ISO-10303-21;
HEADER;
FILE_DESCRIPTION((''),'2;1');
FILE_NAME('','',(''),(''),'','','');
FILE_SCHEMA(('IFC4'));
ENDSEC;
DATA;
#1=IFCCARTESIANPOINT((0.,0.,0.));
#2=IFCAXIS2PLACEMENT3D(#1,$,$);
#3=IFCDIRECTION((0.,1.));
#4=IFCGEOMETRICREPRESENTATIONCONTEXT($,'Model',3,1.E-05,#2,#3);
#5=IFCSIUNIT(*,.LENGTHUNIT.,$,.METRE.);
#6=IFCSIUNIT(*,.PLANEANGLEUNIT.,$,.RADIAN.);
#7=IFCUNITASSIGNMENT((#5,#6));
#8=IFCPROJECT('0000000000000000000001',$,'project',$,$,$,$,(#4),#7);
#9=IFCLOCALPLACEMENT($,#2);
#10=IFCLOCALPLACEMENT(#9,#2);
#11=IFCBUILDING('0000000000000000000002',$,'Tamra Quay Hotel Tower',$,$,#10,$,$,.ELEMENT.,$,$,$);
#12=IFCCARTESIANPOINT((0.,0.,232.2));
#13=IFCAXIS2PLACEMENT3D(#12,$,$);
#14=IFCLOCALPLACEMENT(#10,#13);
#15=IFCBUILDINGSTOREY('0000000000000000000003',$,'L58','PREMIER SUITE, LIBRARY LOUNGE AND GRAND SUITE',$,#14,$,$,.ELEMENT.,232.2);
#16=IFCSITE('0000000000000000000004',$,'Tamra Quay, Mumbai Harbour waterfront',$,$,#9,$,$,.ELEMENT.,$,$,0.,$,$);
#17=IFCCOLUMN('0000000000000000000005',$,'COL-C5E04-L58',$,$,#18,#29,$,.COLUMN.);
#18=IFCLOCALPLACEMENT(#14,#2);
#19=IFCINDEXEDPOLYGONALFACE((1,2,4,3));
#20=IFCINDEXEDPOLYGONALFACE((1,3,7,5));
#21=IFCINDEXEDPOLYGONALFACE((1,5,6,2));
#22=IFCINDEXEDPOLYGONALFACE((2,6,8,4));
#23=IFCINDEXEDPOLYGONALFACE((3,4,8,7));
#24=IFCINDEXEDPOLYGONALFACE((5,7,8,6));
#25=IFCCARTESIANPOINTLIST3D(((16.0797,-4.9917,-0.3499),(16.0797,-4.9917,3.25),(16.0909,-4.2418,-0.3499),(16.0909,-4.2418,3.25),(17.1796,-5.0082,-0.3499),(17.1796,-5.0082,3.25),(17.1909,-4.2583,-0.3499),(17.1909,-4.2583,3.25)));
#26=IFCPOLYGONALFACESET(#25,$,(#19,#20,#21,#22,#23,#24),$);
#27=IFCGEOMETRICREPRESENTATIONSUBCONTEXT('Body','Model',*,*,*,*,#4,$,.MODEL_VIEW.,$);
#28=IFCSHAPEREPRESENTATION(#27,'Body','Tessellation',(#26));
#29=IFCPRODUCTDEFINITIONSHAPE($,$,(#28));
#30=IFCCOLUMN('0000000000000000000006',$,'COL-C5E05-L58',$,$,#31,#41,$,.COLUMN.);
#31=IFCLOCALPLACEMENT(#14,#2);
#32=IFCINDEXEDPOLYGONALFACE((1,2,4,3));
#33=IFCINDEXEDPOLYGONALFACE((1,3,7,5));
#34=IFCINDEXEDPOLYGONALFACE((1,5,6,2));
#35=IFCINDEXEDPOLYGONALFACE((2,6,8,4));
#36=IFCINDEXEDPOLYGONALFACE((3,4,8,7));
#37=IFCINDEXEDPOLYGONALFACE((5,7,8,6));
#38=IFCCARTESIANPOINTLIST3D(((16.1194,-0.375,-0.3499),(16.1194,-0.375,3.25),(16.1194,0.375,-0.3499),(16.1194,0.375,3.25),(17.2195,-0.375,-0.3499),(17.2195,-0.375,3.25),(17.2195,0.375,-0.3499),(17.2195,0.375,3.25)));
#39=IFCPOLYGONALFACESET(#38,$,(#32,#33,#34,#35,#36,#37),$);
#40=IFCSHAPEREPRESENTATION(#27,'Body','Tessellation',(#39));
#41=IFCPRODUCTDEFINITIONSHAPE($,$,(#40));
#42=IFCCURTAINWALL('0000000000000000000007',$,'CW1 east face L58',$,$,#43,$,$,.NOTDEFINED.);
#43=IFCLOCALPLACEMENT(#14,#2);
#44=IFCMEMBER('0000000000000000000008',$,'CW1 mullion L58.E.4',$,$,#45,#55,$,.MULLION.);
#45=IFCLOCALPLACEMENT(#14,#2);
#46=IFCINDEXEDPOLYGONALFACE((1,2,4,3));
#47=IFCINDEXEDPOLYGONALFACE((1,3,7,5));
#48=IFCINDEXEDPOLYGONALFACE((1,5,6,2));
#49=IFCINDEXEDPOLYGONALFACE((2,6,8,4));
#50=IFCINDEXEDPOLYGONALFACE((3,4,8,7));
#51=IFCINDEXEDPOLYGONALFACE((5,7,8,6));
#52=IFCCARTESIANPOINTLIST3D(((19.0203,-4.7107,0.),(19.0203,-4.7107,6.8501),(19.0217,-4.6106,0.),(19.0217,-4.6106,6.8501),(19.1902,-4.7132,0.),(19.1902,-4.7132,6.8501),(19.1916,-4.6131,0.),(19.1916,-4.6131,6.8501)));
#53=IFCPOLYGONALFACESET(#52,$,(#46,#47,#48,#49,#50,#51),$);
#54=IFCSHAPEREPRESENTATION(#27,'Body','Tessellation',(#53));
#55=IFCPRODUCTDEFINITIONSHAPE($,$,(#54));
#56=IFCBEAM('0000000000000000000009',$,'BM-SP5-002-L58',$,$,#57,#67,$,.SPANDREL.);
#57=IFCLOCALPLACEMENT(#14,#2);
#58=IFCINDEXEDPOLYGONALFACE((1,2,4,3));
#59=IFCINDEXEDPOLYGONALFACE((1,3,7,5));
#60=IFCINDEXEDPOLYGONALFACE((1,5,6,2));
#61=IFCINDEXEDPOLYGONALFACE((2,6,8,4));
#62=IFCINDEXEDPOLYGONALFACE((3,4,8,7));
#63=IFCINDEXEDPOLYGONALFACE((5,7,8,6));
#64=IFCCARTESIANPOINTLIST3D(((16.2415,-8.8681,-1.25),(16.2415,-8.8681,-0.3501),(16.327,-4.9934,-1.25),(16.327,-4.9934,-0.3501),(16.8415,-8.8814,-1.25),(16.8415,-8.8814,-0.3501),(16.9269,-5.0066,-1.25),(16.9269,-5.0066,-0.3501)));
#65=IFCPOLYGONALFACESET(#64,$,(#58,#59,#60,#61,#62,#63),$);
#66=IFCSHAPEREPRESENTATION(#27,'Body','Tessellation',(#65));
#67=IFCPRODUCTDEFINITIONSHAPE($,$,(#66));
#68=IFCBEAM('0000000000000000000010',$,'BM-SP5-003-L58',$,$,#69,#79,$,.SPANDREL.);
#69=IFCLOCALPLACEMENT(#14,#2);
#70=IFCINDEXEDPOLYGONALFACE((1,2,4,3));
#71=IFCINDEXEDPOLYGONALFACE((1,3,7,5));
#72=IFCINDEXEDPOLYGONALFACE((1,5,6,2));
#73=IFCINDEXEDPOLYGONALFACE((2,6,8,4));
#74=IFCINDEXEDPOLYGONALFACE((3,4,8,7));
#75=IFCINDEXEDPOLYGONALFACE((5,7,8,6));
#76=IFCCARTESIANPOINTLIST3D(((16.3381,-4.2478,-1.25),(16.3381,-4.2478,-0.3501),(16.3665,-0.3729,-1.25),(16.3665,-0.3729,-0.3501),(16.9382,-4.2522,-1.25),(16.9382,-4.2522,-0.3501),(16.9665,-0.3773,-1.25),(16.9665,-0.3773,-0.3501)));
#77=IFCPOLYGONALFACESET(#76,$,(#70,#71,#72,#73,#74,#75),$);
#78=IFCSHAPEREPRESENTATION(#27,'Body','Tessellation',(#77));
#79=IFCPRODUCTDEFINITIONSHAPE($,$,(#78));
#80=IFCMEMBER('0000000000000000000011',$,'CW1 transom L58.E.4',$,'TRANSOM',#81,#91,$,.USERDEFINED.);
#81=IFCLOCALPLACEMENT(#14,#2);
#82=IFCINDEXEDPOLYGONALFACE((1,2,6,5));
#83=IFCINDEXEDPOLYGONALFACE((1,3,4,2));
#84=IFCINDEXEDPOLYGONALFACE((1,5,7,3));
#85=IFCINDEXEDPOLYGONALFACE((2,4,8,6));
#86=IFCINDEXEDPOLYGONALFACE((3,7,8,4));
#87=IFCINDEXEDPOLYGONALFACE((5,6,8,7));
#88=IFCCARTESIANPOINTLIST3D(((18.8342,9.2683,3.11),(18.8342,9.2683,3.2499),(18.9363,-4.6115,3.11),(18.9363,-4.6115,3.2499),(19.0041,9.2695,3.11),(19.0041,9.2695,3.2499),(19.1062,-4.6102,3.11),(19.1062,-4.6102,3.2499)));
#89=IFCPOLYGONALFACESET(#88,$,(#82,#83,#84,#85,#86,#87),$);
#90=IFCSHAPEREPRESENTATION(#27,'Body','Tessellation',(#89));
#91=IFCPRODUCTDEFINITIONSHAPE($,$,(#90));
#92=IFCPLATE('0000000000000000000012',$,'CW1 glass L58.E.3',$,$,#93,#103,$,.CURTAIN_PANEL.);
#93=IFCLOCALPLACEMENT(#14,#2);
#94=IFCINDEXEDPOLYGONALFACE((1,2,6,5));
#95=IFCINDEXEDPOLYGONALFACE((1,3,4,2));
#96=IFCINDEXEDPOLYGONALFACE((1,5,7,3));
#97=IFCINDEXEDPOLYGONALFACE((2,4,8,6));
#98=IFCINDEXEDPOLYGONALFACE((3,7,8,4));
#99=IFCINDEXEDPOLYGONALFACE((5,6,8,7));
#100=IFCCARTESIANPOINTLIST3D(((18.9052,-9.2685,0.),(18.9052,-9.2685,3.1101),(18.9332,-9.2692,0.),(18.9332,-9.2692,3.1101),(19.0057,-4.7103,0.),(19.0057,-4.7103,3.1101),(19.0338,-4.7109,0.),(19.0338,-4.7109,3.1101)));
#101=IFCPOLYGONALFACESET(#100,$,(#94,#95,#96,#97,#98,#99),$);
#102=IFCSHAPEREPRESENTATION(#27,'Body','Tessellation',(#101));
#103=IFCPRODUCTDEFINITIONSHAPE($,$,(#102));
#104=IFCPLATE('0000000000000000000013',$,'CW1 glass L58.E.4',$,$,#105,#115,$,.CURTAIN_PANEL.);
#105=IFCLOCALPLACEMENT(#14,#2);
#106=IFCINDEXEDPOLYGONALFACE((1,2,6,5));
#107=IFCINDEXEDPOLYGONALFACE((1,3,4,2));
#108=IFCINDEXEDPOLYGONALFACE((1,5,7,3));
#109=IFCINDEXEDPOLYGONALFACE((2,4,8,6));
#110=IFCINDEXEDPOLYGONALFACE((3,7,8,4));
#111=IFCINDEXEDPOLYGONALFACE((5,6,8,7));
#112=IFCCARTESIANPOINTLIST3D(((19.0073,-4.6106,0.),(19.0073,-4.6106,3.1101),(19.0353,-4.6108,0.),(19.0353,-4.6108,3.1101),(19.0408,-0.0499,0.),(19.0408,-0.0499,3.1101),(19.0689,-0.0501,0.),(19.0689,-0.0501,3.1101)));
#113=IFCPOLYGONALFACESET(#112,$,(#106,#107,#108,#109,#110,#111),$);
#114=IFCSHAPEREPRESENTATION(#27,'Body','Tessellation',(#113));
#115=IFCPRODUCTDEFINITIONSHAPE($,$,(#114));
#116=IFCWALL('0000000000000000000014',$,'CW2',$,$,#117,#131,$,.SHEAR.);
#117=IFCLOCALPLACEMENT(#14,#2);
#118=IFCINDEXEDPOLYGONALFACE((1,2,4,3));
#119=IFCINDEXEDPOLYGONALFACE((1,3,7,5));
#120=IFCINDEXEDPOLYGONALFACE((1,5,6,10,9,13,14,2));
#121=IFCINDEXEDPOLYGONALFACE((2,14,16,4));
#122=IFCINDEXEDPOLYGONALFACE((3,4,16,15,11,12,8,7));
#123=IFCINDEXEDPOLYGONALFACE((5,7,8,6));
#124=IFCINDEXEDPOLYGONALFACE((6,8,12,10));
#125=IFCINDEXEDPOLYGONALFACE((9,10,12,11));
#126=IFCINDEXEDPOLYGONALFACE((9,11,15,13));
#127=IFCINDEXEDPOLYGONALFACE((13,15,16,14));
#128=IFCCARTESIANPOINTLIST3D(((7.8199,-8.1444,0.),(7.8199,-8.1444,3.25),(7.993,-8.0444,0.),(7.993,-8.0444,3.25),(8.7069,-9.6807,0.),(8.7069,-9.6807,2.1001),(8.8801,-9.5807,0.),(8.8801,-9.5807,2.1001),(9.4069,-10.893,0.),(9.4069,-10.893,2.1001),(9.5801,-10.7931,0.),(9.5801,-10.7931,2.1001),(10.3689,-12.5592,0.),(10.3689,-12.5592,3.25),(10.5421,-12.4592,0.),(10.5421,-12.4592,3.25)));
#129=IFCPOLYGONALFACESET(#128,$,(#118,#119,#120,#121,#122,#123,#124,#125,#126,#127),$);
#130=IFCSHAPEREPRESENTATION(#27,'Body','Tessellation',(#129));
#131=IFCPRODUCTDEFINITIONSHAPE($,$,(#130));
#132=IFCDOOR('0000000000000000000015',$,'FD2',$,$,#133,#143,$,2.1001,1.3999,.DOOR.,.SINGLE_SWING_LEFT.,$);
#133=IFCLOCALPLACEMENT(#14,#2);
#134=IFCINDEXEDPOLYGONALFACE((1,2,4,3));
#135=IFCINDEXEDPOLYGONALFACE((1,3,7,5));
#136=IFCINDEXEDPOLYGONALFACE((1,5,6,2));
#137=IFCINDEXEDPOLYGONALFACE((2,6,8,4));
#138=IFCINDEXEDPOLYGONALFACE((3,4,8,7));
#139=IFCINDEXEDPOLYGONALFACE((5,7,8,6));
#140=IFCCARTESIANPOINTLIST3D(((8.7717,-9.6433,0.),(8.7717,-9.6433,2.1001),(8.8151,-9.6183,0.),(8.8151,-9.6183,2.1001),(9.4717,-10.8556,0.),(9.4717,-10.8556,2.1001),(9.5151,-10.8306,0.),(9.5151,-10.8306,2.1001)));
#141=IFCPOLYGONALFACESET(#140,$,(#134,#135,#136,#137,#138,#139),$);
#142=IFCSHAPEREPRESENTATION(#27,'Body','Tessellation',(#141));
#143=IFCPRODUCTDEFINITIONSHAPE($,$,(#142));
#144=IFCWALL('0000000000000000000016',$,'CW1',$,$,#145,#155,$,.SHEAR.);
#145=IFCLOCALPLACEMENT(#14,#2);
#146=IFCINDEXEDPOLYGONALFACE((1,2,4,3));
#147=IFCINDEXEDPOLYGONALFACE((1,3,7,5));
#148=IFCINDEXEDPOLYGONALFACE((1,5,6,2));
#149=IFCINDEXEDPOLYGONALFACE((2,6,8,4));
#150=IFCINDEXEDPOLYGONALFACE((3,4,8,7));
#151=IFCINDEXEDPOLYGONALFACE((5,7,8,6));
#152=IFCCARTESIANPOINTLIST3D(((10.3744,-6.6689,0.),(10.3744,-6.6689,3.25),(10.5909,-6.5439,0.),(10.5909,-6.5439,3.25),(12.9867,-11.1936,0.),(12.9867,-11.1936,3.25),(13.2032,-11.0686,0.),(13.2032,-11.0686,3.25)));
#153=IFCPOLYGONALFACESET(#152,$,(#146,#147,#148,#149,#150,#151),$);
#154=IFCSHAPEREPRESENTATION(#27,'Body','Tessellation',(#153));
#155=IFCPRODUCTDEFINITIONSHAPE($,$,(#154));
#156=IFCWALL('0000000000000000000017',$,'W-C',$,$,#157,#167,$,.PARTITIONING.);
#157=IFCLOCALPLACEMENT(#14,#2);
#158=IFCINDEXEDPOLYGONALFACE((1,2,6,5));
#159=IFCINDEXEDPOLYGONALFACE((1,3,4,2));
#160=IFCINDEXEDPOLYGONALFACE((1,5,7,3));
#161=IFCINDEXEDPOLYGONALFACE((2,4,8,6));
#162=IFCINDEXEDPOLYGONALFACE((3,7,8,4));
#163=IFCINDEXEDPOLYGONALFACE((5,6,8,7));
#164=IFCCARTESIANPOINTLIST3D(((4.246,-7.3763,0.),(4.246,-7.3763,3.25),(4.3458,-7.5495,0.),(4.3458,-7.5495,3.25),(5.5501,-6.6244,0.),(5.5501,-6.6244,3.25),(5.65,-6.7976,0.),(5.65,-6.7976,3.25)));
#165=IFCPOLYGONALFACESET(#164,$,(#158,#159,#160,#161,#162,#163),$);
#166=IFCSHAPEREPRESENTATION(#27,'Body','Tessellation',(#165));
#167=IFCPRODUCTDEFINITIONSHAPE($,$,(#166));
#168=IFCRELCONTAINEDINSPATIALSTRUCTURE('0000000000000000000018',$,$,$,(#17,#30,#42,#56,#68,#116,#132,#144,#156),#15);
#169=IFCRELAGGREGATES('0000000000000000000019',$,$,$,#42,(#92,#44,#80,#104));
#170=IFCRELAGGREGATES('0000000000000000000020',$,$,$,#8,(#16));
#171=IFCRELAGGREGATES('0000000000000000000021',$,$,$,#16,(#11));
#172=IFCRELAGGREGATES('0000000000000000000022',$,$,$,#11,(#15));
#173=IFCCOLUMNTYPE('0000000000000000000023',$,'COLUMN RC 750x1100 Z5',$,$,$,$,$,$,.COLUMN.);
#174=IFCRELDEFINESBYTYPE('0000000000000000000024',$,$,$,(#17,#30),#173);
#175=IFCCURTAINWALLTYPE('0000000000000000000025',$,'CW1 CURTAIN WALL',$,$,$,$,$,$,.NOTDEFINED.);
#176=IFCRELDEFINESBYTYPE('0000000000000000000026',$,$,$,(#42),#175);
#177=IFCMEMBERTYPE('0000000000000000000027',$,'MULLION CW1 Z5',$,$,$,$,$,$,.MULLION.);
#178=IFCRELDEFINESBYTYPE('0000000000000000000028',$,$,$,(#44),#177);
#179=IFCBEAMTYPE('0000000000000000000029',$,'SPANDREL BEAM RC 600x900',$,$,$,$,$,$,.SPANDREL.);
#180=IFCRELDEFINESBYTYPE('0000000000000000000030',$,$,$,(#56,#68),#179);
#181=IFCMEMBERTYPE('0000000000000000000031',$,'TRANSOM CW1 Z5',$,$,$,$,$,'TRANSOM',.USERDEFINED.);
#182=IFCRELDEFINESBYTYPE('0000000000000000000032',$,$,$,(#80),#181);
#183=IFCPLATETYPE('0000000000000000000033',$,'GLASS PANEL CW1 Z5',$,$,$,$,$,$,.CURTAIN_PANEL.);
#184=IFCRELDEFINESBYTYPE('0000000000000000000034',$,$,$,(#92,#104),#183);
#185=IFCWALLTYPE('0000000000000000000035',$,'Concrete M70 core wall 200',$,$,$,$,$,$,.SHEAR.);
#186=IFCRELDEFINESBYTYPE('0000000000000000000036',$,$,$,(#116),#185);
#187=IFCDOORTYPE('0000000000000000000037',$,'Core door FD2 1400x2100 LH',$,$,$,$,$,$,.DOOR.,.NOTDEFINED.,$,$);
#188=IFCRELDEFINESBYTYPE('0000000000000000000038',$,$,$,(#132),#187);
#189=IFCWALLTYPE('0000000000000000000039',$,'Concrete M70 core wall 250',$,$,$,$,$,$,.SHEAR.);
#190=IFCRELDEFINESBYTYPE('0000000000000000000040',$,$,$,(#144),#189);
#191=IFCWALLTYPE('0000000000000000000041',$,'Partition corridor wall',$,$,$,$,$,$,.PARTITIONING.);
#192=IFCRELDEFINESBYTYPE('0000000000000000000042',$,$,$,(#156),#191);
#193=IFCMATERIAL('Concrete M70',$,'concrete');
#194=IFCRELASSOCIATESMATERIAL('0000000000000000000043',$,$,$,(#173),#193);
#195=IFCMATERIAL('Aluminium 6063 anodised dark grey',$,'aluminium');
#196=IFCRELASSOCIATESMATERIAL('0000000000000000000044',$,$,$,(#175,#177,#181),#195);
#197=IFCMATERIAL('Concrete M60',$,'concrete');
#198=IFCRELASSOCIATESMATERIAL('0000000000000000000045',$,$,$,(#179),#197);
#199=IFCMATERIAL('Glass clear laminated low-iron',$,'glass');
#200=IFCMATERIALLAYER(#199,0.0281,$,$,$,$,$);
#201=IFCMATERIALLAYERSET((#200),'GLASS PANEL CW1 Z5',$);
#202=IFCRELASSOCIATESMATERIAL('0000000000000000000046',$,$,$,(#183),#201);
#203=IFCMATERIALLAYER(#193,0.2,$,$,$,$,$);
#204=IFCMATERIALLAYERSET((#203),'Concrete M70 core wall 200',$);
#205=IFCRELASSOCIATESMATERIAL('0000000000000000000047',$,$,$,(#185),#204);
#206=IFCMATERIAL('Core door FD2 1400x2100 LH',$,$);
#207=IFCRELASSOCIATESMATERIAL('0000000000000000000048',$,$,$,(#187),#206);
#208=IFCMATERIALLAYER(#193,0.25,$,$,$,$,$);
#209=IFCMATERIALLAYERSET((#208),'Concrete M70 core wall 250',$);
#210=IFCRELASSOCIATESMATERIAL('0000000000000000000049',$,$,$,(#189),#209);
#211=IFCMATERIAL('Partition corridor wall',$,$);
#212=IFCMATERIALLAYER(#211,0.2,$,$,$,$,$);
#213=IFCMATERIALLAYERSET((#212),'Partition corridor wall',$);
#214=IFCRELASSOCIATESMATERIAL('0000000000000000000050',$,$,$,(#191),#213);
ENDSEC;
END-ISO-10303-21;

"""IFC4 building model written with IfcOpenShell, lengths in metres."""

from ifc_helpers import new_model, si_unit, direction, frame, frame_2d, origin, origin_2d, place, context, subcontext, project, spatial, rectangle, extrude, material, layer, layer_set, material_profile, profile_set, type_object, element, fill, aggregate, save


model = new_model("IFC4")

# Units and contexts
model_context = context("Model", 3, precision=1e-05, world=origin(), true_north=direction((0.0, 1.0)))
body_context = subcontext(model_context, "Body", "Model", "MODEL_VIEW")
ifc_project = project(units=[si_unit("LENGTHUNIT", "METRE"), si_unit("PLANEANGLEUNIT", "RADIAN")], contexts=[model_context])

# Site, building, storey
site_placement = place(None, origin())
site = spatial("IfcSite", under=ifc_project, at=site_placement, Name="Tamra Quay, Mumbai Harbour waterfront", CompositionType="ELEMENT", RefElevation=0.0)
building_placement = place(site_placement, origin())
building = spatial("IfcBuilding", under=site, at=building_placement, Name="Tamra Quay Hotel Tower", CompositionType="ELEMENT")
storey_placement = place(building_placement, frame((0.0, 0.0, 232.2)))
storey = spatial("IfcBuildingStorey", under=building, at=storey_placement, Name="L58", Description="PREMIER SUITE, LIBRARY LOUNGE AND GRAND SUITE", CompositionType="ELEMENT", Elevation=232.2)

# Columns
ifc_material_1 = material(Name="Concrete M70", Category="concrete")
ifc_material_profile_1 = material_profile(ifc_material_1, rectangle(XDim=1.1001, YDim=0.75, at=origin_2d()), Name="COLUMN RC 750x1100 Z5")
ifc_profile_set_1 = profile_set([ifc_material_profile_1], Name="Concrete M70")
column_type = type_object("IfcColumnType", Name="COLUMN RC 750x1100 Z5", PredefinedType="COLUMN", material=ifc_profile_set_1)
for number, where, z_axis, x_axis, name in (
    (1, (16.6353, -4.625, -0.3499), (0.0, 0.0, 1.0), (-0.999888, 0.014959, 0.0), "COL-C5E04-L58"),
    (2, (16.6694, 0.0, -0.3499), (0.0, 0.0, 1.0), (1.0, 0.0, 0.0), "COL-C5E05-L58"),
):
    element("IfcColumn", number, at=place(storey_placement, frame(where, z_axis=z_axis, x_axis=x_axis)), inside=storey, type_object=column_type, Name=name, PredefinedType="COLUMN", context=body_context, shape_type="SweptSolid", body=[
        extrude(rectangle(XDim=1.1001, YDim=0.75, at=origin_2d()), origin(), (0.0, 0.0, 1.0), 3.5999),
    ])

# Curtain wall, member
ifc_material_2 = material(Name="Aluminium 6063 anodised dark grey", Category="aluminium")
curtain_wall_type = type_object("IfcCurtainWallType", Name="CW1 CURTAIN WALL", PredefinedType="NOTDEFINED", material=ifc_material_2)
curtain_wall_placement = place(storey_placement, origin())
curtain_wall = element("IfcCurtainWall", 3, at=curtain_wall_placement, inside=storey, type_object=curtain_wall_type, Name="CW1 east face L58", PredefinedType="NOTDEFINED")
ifc_material_profile_2 = material_profile(ifc_material_2, rectangle(XDim=0.1699, YDim=0.1001, at=origin_2d()), Name="MULLION 100X170")
ifc_profile_set_2 = profile_set([ifc_material_profile_2], Name="Aluminium 6063 anodised dark grey")
member_type_1 = type_object("IfcMemberType", Name="MULLION CW1 Z5", PredefinedType="MULLION", material=ifc_profile_set_2)
member_1_placement = place(storey_placement, frame((19.106, -4.6619, 0.0), z_axis=(0.0, 0.0, 1.0), x_axis=(0.999892, -0.014713, 0.0)))
member_1 = element("IfcMember", 4, at=member_1_placement, type_object=member_type_1, Name="CW1 mullion L58.E.4", PredefinedType="MULLION", context=body_context, shape_type="SweptSolid", body=[
    extrude(rectangle(XDim=0.1699, YDim=0.1001, at=origin_2d()), origin(), (0.0, 0.0, 1.0), 6.8501),
])

# Beams
ifc_material_3 = material(Name="Concrete M60", Category="concrete")
ifc_material_profile_3 = material_profile(ifc_material_3, rectangle(XDim=0.6001, YDim=0.8999, at=origin_2d()), Name="SPANDREL BEAM RC 600x900")
ifc_profile_set_3 = profile_set([ifc_material_profile_3], Name="Concrete M60")
beam_type = type_object("IfcBeamType", Name="SPANDREL BEAM RC 600x900", PredefinedType="SPANDREL", material=ifc_profile_set_3)
beam_1_placement = place(storey_placement, frame((16.5415, -8.8748, -0.8), z_axis=(0.022047, 0.999757, 0.0), x_axis=(-0.999757, 0.022047, 0.0)))
element("IfcBeam", 5, at=beam_1_placement, inside=storey, type_object=beam_type, Name="BM-SP5-002-L58", PredefinedType="SPANDREL", context=body_context, shape_type="SweptSolid", body=[
    extrude(rectangle(XDim=0.6001, YDim=0.8999, at=origin_2d()), origin(), (0.0, 0.0, 1.0), 3.8757),
])
beam_2_placement = place(storey_placement, frame((16.6382, -4.25, -0.8), z_axis=(0.007308, 0.999973, 0.0), x_axis=(-0.999973, 0.007308, 0.0)))
element("IfcBeam", 6, at=beam_2_placement, inside=storey, type_object=beam_type, Name="BM-SP5-003-L58", PredefinedType="SPANDREL", context=body_context, shape_type="SweptSolid", body=[
    extrude(rectangle(XDim=0.6001, YDim=0.8999, at=origin_2d()), origin(), (0.0, 0.0, 1.0), 3.875),
])

# Member
ifc_material_profile_4 = material_profile(ifc_material_2, rectangle(XDim=0.1699, YDim=0.1399, at=origin_2d()), Name="TRANSOM 170X140")
ifc_profile_set_4 = profile_set([ifc_material_profile_4], Name="Aluminium 6063 anodised dark grey")
member_type_2 = type_object("IfcMemberType", Name="TRANSOM CW1 Z5", ElementType="TRANSOM", PredefinedType="USERDEFINED", material=ifc_profile_set_4)
member_2_placement = place(storey_placement, frame((19.0212, -4.6108, 3.1799), z_axis=(-0.007352, 0.999973, 0.0), x_axis=(-0.999973, -0.007352, 0.0)))
member_2 = element("IfcMember", 7, at=member_2_placement, type_object=member_type_2, Name="CW1 transom L58.E.4", ObjectType="TRANSOM", PredefinedType="USERDEFINED", context=body_context, shape_type="SweptSolid", body=[
    extrude(rectangle(XDim=0.1699, YDim=0.1399, at=origin_2d()), origin(), (0.0, 0.0, 1.0), 13.8801),
])

# Plates
ifc_material_4 = material(Name="Glass clear laminated low-iron", Category="glass")
ifc_layer_1 = layer(ifc_material_4, 0.0281)
ifc_layer_set_1 = layer_set([ifc_layer_1], Name="GLASS PANEL CW1 Z5")
plate_type = type_object("IfcPlateType", Name="GLASS PANEL CW1 Z5", PredefinedType="CURTAIN_PANEL", material=ifc_layer_set_1)
plate_1_placement = place(storey_placement, frame((18.9695, -6.9897, 0.0), z_axis=(0.0, 0.0, 1.0), x_axis=(0.022063, 0.999757, 0.0)))
plate_1 = element("IfcPlate", 8, at=plate_1_placement, type_object=plate_type, Name="CW1 glass L58.E.3", PredefinedType="CURTAIN_PANEL", context=body_context, shape_type="SweptSolid", body=[
    extrude(rectangle(XDim=4.5593, YDim=0.0281, at=origin_2d()), origin(), (0.0, 0.0, 1.0), 3.1101),
])
plate_2_placement = place(storey_placement, frame((19.0381, -2.3303, 0.0), z_axis=(0.0, 0.0, 1.0), x_axis=(0.007362, 0.999973, 0.0)))
plate_2 = element("IfcPlate", 9, at=plate_2_placement, type_object=plate_type, Name="CW1 glass L58.E.4", PredefinedType="CURTAIN_PANEL", context=body_context, shape_type="SweptSolid", body=[
    extrude(rectangle(XDim=4.5608, YDim=0.0281, at=origin_2d()), origin(), (0.0, 0.0, 1.0), 3.1101),
])
aggregate(curtain_wall, [plate_1, member_1, member_2, plate_2])

# Wall, opening, door
ifc_layer_2 = layer(ifc_material_1, 0.2)
ifc_layer_set_2 = layer_set([ifc_layer_2], Name="Concrete M70 core wall 200")
wall_type_1 = type_object("IfcWallType", Name="Concrete M70 core wall 200", PredefinedType="SHEAR", material=ifc_layer_set_2)
wall_1_placement = place(storey_placement, frame((7.9065, -8.0945, 0.0), z_axis=(0.0, 0.0, 1.0), x_axis=(0.500028, -0.866009, 0.0)))
wall_1 = element("IfcWall", 10, at=wall_1_placement, inside=storey, type_object=wall_type_1, Name="CW2", PredefinedType="SHEAR", context=body_context, shape_type="SweptSolid", body=[
    extrude(rectangle(XDim=5.0979, YDim=0.2, at=frame_2d((2.5488, 0.0))), origin(), (0.0, 0.0, 1.0), 3.25),
])
opening_1_placement = place(wall_1_placement, frame((1.7739, 0.0, 0.0)))
opening_1 = element("IfcOpeningElement", 11, at=opening_1_placement, cuts=wall_1, PredefinedType="OPENING", context=body_context, shape_type="SweptSolid", body=[
    extrude(rectangle(XDim=1.3999, YDim=2.1001, at=frame_2d((0.7, 1.05))), frame((0.0, 0.1099, 0.0), z_axis=(0.0, -1.0, 0.0), x_axis=(1.0, 0.0, 0.0)), (0.0, 0.0, 1.0), 0.22),
])
ifc_material_5 = material(Name="Core door FD2 1400x2100 LH")
door_type_1 = type_object("IfcDoorType", Name="Core door FD2 1400x2100 LH", OperationType="NOTDEFINED", PredefinedType="DOOR", material=ifc_material_5)
door_1_placement = place(opening_1_placement, origin())
door_1 = element("IfcDoor", 12, at=door_1_placement, inside=storey, type_object=door_type_1, Name="FD2", OperationType="SINGLE_SWING_LEFT", OverallHeight=2.1001, OverallWidth=1.3999, PredefinedType="DOOR", context=body_context, shape_type="SweptSolid", body=[
    extrude(rectangle(XDim=1.3999, YDim=2.1001, at=frame_2d((0.7, 1.05))), frame((0.0, 0.0249, 0.0), z_axis=(0.0, -1.0, 0.0), x_axis=(1.0, 0.0, 0.0)), (0.0, 0.0, 1.0), 0.05),
])
fill(opening_1, door_1)

# Walls
ifc_layer_3 = layer(ifc_material_1, 0.25)
ifc_layer_set_3 = layer_set([ifc_layer_3], Name="Concrete M70 core wall 250")
wall_type_2 = type_object("IfcWallType", Name="Concrete M70 core wall 250", PredefinedType="SHEAR", material=ifc_layer_set_3)
wall_2_placement = place(storey_placement, frame((10.4827, -6.6064, 0.0), z_axis=(0.0, 0.0, 1.0), x_axis=(0.499999, -0.866026, 0.0)))
element("IfcWall", 13, at=wall_2_placement, inside=storey, type_object=wall_type_2, Name="CW1", PredefinedType="SHEAR", context=body_context, shape_type="SweptSolid", body=[
    extrude(rectangle(XDim=5.2246, YDim=0.25, at=frame_2d((2.6123, 0.0))), origin(), (0.0, 0.0, 1.0), 3.25),
])
ifc_material_6 = material(Name="Partition corridor wall")
ifc_layer_4 = layer(ifc_material_6, 0.2)
ifc_layer_set_4 = layer_set([ifc_layer_4], Name="Partition corridor wall")
wall_type_3 = type_object("IfcWallType", Name="Partition corridor wall", PredefinedType="PARTITIONING", material=ifc_layer_set_4)
wall_3_placement = place(storey_placement, frame((4.2959, -7.4629, 0.0), z_axis=(0.0, 0.0, 1.0), x_axis=(0.866321, 0.499488, 0.0)))
element("IfcWall", 14, at=wall_3_placement, inside=storey, type_object=wall_type_3, Name="W-C", PredefinedType="PARTITIONING", context=body_context, shape_type="SweptSolid", body=[
    extrude(rectangle(XDim=1.5054, YDim=0.2, at=frame_2d((0.7527, 0.0))), origin(), (0.0, 0.0, 1.0), 3.25),
])

save(model, "model.ifc")
